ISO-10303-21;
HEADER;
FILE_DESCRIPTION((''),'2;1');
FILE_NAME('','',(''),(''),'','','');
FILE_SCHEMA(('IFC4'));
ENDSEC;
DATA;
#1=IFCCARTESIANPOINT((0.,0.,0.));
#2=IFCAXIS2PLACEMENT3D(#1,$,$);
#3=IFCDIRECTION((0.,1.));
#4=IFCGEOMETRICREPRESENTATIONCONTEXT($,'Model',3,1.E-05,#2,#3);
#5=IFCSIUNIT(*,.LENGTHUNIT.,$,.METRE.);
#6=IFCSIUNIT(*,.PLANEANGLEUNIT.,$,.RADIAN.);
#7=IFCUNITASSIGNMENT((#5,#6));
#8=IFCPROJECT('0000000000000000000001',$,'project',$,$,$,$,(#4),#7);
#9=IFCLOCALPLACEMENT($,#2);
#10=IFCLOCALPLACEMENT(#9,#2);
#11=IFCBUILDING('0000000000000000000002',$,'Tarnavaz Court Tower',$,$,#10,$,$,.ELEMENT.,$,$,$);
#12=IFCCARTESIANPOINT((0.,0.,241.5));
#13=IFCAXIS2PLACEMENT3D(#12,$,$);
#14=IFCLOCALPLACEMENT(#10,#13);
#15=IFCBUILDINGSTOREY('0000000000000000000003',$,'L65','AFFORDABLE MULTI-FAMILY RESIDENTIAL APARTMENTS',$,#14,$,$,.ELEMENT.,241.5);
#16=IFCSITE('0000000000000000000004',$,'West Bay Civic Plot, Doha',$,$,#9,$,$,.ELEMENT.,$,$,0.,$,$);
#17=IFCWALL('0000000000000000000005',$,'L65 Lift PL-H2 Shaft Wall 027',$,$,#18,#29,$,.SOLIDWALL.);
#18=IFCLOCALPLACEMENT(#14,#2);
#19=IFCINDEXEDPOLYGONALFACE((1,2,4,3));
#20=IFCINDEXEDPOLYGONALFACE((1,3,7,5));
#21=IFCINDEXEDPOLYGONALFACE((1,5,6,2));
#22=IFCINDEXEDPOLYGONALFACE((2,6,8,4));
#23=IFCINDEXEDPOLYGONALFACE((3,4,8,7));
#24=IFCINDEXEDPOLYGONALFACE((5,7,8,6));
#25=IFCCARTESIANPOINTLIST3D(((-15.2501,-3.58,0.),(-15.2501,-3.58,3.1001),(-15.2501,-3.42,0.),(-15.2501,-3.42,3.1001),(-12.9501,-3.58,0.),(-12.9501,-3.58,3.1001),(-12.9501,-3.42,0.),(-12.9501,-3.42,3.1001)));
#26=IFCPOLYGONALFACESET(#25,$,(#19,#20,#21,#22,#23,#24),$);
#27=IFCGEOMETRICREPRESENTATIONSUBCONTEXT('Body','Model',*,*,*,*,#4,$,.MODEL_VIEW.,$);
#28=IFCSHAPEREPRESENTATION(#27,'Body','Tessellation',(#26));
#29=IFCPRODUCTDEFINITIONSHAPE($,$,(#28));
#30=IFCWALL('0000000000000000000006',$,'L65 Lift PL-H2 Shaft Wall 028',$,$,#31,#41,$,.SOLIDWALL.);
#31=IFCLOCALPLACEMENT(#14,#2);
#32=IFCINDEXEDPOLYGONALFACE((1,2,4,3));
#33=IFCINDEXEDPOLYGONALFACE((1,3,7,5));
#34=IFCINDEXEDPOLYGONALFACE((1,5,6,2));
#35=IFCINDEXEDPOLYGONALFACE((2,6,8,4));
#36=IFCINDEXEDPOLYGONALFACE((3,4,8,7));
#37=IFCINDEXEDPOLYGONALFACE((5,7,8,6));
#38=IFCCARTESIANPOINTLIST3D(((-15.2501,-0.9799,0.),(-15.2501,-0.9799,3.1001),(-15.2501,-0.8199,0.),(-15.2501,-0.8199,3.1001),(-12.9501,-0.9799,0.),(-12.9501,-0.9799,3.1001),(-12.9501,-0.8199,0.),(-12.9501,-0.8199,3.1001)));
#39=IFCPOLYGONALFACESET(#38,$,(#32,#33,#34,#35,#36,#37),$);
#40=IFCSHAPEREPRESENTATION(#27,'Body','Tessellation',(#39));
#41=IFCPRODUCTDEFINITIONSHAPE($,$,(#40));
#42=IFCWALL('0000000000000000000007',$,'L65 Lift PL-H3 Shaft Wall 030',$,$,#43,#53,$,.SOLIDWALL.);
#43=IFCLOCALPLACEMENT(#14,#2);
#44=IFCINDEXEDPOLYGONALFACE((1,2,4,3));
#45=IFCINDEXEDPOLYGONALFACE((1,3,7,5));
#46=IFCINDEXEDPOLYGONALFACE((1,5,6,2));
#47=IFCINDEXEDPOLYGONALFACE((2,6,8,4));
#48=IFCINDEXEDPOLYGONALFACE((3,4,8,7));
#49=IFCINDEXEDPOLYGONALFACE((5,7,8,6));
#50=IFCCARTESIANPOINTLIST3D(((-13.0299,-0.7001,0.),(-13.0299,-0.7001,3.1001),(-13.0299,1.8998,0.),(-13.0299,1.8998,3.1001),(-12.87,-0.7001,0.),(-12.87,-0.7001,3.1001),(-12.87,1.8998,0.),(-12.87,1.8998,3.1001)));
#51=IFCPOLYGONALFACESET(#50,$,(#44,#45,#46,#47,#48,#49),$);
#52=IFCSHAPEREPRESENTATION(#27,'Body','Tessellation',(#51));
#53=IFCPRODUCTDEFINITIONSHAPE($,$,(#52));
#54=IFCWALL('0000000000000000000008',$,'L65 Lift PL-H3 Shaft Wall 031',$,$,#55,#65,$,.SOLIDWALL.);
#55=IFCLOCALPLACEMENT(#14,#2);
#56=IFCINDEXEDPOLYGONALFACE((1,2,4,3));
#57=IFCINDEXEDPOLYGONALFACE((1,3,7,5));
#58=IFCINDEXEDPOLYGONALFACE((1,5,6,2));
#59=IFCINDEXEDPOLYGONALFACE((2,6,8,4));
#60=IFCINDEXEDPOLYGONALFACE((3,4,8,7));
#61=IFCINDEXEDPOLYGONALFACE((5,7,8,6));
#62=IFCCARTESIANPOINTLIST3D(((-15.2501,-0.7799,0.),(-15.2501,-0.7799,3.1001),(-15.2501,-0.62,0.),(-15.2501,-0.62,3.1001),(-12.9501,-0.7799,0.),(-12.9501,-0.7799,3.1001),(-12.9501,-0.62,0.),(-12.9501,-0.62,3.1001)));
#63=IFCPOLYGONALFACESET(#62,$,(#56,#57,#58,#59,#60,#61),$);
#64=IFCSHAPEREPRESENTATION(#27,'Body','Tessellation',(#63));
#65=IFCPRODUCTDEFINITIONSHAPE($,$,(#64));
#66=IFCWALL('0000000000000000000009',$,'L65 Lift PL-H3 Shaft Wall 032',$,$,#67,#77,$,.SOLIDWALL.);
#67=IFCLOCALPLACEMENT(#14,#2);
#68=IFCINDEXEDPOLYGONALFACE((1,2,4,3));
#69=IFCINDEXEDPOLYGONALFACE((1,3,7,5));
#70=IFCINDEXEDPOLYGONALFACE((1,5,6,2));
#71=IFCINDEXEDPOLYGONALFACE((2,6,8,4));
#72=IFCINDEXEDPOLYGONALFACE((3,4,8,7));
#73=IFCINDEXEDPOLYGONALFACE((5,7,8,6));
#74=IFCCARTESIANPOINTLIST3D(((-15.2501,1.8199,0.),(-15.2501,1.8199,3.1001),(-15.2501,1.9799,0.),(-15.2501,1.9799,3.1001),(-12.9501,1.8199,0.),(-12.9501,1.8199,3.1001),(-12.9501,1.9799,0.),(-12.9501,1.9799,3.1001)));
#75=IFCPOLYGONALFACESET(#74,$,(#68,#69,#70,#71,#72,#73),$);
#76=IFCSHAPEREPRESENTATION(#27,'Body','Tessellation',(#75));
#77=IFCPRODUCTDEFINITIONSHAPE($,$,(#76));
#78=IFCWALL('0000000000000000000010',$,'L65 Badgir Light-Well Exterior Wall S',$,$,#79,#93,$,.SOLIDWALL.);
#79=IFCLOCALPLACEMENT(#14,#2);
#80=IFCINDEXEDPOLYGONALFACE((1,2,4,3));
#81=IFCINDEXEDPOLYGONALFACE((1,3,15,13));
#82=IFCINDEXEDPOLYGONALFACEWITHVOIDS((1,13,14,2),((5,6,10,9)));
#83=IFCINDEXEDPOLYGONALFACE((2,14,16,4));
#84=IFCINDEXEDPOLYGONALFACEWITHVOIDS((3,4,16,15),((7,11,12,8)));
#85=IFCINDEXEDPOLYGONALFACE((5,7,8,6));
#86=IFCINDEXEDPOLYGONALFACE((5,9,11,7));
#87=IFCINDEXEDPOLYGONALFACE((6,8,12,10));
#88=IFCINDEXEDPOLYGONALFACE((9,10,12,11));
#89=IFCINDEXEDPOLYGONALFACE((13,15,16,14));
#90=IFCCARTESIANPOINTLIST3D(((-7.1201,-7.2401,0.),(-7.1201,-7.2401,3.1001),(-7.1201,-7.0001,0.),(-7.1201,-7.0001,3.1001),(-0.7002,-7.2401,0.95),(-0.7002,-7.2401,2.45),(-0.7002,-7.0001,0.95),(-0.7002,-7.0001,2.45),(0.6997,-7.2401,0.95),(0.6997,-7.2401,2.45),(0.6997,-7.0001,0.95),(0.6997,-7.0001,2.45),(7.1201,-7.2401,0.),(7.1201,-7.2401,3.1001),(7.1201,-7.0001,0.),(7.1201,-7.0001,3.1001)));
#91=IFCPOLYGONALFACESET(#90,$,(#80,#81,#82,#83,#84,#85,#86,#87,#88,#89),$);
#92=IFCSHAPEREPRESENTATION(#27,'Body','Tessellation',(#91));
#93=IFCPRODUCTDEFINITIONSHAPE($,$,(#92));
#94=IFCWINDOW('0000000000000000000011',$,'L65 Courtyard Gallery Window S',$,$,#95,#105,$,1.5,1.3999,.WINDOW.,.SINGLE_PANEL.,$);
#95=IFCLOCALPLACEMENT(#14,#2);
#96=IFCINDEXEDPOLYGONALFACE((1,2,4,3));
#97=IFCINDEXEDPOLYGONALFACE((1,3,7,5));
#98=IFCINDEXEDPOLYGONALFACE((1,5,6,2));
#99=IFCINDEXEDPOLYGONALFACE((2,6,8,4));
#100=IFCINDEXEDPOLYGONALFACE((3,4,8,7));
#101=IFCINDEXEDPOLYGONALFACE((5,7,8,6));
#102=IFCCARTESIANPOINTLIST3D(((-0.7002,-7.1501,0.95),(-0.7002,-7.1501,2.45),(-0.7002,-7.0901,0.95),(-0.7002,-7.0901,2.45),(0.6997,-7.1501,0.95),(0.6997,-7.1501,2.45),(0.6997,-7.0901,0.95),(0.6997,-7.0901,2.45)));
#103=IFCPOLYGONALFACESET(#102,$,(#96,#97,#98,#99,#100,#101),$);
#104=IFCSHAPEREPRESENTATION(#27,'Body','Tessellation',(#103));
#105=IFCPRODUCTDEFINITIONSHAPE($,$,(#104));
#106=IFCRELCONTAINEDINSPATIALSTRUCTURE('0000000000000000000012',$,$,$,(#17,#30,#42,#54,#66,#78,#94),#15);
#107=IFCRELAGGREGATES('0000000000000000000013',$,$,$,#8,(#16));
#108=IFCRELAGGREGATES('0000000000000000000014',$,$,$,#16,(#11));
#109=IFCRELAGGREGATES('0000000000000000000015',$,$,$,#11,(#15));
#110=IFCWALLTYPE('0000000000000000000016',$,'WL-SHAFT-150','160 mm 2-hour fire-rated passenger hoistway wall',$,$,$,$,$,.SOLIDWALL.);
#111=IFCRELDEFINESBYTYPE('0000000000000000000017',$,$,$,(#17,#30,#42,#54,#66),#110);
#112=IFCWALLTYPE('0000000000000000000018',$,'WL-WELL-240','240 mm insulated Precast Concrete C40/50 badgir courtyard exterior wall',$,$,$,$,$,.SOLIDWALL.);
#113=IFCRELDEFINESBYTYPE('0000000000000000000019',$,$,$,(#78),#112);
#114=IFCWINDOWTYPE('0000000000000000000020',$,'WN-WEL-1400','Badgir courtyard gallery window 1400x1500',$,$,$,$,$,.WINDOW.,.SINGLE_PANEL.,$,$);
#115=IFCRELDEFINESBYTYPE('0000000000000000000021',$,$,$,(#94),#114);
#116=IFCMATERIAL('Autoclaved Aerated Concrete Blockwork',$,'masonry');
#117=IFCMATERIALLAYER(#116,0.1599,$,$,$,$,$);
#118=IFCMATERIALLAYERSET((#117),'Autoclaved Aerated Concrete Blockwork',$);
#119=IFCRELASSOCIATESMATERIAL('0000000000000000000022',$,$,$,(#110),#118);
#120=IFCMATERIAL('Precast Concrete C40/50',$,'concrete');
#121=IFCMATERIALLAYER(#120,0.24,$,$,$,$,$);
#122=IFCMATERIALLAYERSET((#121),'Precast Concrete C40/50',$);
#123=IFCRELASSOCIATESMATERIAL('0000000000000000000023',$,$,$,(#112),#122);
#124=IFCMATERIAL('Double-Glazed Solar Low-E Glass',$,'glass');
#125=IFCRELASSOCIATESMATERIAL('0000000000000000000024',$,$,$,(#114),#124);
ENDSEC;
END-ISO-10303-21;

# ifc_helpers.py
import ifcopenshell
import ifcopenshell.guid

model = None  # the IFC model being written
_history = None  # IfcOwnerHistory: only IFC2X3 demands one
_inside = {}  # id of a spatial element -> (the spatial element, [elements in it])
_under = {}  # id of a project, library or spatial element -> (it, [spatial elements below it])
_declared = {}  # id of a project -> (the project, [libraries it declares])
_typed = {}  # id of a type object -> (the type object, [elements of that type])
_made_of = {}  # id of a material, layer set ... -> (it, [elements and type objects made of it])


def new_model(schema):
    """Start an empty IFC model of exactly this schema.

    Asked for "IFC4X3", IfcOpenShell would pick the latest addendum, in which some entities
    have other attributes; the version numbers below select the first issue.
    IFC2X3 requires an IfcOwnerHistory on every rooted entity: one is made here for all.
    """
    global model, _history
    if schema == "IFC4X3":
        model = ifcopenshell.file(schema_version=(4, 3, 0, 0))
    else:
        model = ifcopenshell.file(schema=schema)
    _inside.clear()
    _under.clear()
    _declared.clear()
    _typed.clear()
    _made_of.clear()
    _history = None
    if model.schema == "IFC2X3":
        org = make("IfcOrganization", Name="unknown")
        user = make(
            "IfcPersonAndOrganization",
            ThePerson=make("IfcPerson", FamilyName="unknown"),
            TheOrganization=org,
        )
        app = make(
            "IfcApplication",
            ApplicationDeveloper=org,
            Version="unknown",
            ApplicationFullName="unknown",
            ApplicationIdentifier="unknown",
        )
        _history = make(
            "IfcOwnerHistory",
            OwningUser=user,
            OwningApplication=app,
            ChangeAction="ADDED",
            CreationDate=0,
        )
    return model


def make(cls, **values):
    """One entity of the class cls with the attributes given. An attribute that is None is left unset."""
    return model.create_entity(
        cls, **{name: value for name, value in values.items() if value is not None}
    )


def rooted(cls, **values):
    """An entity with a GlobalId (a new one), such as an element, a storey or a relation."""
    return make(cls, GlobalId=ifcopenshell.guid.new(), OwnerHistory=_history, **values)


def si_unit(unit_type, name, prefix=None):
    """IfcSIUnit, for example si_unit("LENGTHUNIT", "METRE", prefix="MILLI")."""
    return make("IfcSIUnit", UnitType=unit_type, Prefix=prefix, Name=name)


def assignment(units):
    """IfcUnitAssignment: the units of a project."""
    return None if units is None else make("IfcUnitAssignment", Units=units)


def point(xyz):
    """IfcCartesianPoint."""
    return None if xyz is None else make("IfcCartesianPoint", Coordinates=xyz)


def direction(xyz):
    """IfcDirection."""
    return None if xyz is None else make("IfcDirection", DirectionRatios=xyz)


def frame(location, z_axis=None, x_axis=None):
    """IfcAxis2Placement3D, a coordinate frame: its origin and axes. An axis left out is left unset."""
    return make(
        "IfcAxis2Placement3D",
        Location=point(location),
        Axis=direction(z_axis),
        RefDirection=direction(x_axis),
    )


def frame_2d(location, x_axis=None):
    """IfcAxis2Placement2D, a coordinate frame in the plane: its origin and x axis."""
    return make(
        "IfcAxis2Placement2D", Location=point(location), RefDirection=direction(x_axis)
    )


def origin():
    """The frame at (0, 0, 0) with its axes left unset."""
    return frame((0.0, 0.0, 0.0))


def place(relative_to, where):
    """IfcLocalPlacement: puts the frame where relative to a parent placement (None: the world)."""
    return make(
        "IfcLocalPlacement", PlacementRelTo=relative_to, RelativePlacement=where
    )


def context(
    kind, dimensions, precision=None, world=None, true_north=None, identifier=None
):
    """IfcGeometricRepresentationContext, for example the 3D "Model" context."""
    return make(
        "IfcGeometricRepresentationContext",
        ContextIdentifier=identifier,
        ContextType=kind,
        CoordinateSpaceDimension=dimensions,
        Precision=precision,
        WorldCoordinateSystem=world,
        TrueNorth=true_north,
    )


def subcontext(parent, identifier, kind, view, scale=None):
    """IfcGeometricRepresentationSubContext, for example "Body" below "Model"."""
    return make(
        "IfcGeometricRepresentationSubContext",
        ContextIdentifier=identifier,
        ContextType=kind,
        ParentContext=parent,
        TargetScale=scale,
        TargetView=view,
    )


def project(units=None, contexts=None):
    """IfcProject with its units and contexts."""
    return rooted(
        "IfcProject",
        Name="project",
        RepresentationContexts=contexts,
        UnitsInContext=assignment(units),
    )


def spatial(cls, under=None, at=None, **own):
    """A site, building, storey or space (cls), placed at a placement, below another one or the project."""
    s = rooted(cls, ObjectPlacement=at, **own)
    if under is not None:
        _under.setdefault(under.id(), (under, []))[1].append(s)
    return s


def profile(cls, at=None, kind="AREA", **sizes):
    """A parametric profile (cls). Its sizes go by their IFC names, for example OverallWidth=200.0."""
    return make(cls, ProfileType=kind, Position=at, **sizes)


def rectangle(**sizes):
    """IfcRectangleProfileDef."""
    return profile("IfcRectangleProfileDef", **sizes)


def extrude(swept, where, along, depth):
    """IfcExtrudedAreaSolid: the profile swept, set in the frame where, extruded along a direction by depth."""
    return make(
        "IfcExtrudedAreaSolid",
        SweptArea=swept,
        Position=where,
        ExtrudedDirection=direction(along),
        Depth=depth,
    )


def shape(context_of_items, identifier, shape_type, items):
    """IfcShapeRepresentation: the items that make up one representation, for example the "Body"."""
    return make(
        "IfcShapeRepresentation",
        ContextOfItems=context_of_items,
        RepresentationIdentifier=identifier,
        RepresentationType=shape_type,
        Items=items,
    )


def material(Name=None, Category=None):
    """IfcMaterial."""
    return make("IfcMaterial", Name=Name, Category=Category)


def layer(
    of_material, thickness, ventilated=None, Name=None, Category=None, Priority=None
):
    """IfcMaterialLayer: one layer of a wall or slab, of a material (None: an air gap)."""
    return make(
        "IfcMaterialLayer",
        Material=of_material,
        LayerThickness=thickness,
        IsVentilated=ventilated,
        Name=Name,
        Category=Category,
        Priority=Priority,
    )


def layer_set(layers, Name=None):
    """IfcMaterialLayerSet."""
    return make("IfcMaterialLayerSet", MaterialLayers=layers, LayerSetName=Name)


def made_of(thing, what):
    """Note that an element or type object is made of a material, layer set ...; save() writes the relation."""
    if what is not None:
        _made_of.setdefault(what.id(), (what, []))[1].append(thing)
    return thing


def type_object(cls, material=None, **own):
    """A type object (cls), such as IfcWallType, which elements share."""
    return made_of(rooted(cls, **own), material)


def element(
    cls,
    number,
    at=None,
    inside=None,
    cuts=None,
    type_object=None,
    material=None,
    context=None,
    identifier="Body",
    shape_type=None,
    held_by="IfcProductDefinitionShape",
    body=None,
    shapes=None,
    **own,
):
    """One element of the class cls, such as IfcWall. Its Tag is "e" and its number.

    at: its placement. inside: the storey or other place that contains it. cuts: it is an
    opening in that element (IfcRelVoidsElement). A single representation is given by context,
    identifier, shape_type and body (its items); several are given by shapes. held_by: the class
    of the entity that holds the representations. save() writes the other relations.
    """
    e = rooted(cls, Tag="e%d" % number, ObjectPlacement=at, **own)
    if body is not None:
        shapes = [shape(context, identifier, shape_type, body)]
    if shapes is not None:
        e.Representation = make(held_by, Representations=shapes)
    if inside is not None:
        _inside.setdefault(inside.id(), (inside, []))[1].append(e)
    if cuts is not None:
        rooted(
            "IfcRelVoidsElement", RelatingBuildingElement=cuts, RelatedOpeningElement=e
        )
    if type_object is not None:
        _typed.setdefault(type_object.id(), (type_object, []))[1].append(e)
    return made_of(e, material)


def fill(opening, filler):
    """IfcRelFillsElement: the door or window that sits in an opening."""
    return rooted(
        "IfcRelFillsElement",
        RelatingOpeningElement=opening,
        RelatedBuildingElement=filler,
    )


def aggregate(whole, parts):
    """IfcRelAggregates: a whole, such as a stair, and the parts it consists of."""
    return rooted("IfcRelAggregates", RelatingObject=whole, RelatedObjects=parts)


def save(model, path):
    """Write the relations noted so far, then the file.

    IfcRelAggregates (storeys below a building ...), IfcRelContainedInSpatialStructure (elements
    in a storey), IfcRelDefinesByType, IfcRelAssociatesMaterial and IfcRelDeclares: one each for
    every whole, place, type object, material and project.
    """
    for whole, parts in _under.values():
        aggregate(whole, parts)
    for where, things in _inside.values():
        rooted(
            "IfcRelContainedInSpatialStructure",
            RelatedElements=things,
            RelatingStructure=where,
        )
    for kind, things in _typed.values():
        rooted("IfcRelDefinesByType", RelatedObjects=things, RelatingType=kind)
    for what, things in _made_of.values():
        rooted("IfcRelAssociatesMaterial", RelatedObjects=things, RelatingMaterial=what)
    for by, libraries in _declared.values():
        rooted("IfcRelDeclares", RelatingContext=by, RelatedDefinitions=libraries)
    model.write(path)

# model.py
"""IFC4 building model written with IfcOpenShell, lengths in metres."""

from ifc_helpers import new_model, si_unit, direction, frame, frame_2d, origin, place, context, subcontext, project, spatial, rectangle, extrude, material, layer, layer_set, type_object, element, fill, save


model = new_model("IFC4")

# Units and contexts
model_context = context("Model", 3, precision=1e-05, world=origin(), true_north=direction((0.0, 1.0)))
body_context = subcontext(model_context, "Body", "Model", "MODEL_VIEW")
ifc_project = project(units=[si_unit("LENGTHUNIT", "METRE"), si_unit("PLANEANGLEUNIT", "RADIAN")], contexts=[model_context])

# Site, building, storey
site_placement = place(None, origin())
site = spatial("IfcSite", under=ifc_project, at=site_placement, Name="West Bay Civic Plot, Doha", CompositionType="ELEMENT", RefElevation=0.0)
building_placement = place(site_placement, origin())
building = spatial("IfcBuilding", under=site, at=building_placement, Name="Tarnavaz Court Tower", CompositionType="ELEMENT")
storey_placement = place(building_placement, frame((0.0, 0.0, 241.5)))
storey = spatial("IfcBuildingStorey", under=building, at=storey_placement, Name="L65", Description="AFFORDABLE MULTI-FAMILY RESIDENTIAL APARTMENTS", CompositionType="ELEMENT", Elevation=241.5)

# Shared definitions
ifc_material_1 = material(Name="Autoclaved Aerated Concrete Blockwork", Category="masonry")
ifc_layer_1 = layer(ifc_material_1, 0.1599)
ifc_layer_set_1 = layer_set([ifc_layer_1], Name="Autoclaved Aerated Concrete Blockwork")
wall_type_1 = type_object("IfcWallType", Name="WL-SHAFT-150", Description="160 mm 2-hour fire-rated passenger hoistway wall", PredefinedType="SOLIDWALL", material=ifc_layer_set_1)

# Walls
for number, where, z_axis, x_axis, name in (
    (1, (-15.25, -3.5, 0.0), (0.0, 0.0, 1.0), (1.0, 0.0, 0.0), "L65 Lift PL-H2 Shaft Wall 027"),
    (2, (-15.25, -0.8999, 0.0), (0.0, 0.0, 1.0), (1.0, 0.0, 0.0), "L65 Lift PL-H2 Shaft Wall 028"),
):
    element("IfcWall", number, at=place(storey_placement, frame(where, z_axis=z_axis, x_axis=x_axis)), inside=storey, type_object=wall_type_1, Name=name, PredefinedType="SOLIDWALL", context=body_context, shape_type="SweptSolid", body=[
        extrude(rectangle(XDim=2.3, YDim=0.1599, at=frame_2d((1.1499, 0.0))), origin(), (0.0, 0.0, 1.0), 3.1001),
    ])

# Walls
wall_1_placement = place(storey_placement, frame((-12.95, -0.7, 0.0), z_axis=(0.0, 0.0, 1.0), x_axis=(0.0, 1.0, 0.0)))
element("IfcWall", 3, at=wall_1_placement, inside=storey, type_object=wall_type_1, Name="L65 Lift PL-H3 Shaft Wall 030", PredefinedType="SOLIDWALL", context=body_context, shape_type="SweptSolid", body=[
    extrude(rectangle(XDim=2.5999, YDim=0.1599, at=frame_2d((1.2998, 0.0))), origin(), (0.0, 0.0, 1.0), 3.1001),
])
for number, where, z_axis, x_axis, name in (
    (4, (-15.25, -0.7, 0.0), (0.0, 0.0, 1.0), (1.0, 0.0, 0.0), "L65 Lift PL-H3 Shaft Wall 031"),
    (5, (-15.25, 1.8999, 0.0), (0.0, 0.0, 1.0), (1.0, 0.0, 0.0), "L65 Lift PL-H3 Shaft Wall 032"),
):
    element("IfcWall", number, at=place(storey_placement, frame(where, z_axis=z_axis, x_axis=x_axis)), inside=storey, type_object=wall_type_1, Name=name, PredefinedType="SOLIDWALL", context=body_context, shape_type="SweptSolid", body=[
        extrude(rectangle(XDim=2.3, YDim=0.1599, at=frame_2d((1.1499, 0.0))), origin(), (0.0, 0.0, 1.0), 3.1001),
    ])

# Wall, opening, window
ifc_material_2 = material(Name="Precast Concrete C40/50", Category="concrete")
ifc_layer_2 = layer(ifc_material_2, 0.24)
ifc_layer_set_2 = layer_set([ifc_layer_2], Name="Precast Concrete C40/50")
wall_type_2 = type_object("IfcWallType", Name="WL-WELL-240", Description="240 mm insulated Precast Concrete C40/50 badgir courtyard exterior wall", PredefinedType="SOLIDWALL", material=ifc_layer_set_2)
wall_2_placement = place(storey_placement, frame((-7.1201, -7.1201, 0.0), z_axis=(0.0, 0.0, 1.0), x_axis=(1.0, 0.0, 0.0)))
wall_2 = element("IfcWall", 6, at=wall_2_placement, inside=storey, type_object=wall_type_2, Name="L65 Badgir Light-Well Exterior Wall S", PredefinedType="SOLIDWALL", context=body_context, shape_type="SweptSolid", body=[
    extrude(rectangle(XDim=14.2402, YDim=0.24, at=frame_2d((7.1201, 0.0))), origin(), (0.0, 0.0, 1.0), 3.1001),
])
opening_1_placement = place(wall_2_placement, frame((6.4199, 0.0, 0.95)))
opening_1 = element("IfcOpeningElement", 7, at=opening_1_placement, cuts=wall_2, PredefinedType="OPENING", context=body_context, shape_type="SweptSolid", body=[
    extrude(rectangle(XDim=1.3999, YDim=1.5, at=frame_2d((0.7, 0.75))), frame((0.0, 0.1299, 0.0), z_axis=(0.0, -1.0, 0.0), x_axis=(1.0, 0.0, 0.0)), (0.0, 0.0, 1.0), 0.26),
])
ifc_material_3 = material(Name="Double-Glazed Solar Low-E Glass", Category="glass")
window_type = type_object("IfcWindowType", Name="WN-WEL-1400", Description="Badgir courtyard gallery window 1400x1500", PartitioningType="SINGLE_PANEL", PredefinedType="WINDOW", material=ifc_material_3)
window_placement = place(opening_1_placement, origin())
window = element("IfcWindow", 8, at=window_placement, inside=storey, type_object=window_type, Name="L65 Courtyard Gallery Window S", OverallHeight=1.5, OverallWidth=1.3999, PartitioningType="SINGLE_PANEL", PredefinedType="WINDOW", context=body_context, shape_type="SweptSolid", body=[
    extrude(rectangle(XDim=1.3999, YDim=1.5, at=frame_2d((0.7, 0.75))), frame((0.0, 0.03, 0.0), z_axis=(0.0, -1.0, 0.0), x_axis=(1.0, 0.0, 0.0)), (0.0, 0.0, 1.0), 0.0601),
])
fill(opening_1, window)

save(model, "model.ifc")
